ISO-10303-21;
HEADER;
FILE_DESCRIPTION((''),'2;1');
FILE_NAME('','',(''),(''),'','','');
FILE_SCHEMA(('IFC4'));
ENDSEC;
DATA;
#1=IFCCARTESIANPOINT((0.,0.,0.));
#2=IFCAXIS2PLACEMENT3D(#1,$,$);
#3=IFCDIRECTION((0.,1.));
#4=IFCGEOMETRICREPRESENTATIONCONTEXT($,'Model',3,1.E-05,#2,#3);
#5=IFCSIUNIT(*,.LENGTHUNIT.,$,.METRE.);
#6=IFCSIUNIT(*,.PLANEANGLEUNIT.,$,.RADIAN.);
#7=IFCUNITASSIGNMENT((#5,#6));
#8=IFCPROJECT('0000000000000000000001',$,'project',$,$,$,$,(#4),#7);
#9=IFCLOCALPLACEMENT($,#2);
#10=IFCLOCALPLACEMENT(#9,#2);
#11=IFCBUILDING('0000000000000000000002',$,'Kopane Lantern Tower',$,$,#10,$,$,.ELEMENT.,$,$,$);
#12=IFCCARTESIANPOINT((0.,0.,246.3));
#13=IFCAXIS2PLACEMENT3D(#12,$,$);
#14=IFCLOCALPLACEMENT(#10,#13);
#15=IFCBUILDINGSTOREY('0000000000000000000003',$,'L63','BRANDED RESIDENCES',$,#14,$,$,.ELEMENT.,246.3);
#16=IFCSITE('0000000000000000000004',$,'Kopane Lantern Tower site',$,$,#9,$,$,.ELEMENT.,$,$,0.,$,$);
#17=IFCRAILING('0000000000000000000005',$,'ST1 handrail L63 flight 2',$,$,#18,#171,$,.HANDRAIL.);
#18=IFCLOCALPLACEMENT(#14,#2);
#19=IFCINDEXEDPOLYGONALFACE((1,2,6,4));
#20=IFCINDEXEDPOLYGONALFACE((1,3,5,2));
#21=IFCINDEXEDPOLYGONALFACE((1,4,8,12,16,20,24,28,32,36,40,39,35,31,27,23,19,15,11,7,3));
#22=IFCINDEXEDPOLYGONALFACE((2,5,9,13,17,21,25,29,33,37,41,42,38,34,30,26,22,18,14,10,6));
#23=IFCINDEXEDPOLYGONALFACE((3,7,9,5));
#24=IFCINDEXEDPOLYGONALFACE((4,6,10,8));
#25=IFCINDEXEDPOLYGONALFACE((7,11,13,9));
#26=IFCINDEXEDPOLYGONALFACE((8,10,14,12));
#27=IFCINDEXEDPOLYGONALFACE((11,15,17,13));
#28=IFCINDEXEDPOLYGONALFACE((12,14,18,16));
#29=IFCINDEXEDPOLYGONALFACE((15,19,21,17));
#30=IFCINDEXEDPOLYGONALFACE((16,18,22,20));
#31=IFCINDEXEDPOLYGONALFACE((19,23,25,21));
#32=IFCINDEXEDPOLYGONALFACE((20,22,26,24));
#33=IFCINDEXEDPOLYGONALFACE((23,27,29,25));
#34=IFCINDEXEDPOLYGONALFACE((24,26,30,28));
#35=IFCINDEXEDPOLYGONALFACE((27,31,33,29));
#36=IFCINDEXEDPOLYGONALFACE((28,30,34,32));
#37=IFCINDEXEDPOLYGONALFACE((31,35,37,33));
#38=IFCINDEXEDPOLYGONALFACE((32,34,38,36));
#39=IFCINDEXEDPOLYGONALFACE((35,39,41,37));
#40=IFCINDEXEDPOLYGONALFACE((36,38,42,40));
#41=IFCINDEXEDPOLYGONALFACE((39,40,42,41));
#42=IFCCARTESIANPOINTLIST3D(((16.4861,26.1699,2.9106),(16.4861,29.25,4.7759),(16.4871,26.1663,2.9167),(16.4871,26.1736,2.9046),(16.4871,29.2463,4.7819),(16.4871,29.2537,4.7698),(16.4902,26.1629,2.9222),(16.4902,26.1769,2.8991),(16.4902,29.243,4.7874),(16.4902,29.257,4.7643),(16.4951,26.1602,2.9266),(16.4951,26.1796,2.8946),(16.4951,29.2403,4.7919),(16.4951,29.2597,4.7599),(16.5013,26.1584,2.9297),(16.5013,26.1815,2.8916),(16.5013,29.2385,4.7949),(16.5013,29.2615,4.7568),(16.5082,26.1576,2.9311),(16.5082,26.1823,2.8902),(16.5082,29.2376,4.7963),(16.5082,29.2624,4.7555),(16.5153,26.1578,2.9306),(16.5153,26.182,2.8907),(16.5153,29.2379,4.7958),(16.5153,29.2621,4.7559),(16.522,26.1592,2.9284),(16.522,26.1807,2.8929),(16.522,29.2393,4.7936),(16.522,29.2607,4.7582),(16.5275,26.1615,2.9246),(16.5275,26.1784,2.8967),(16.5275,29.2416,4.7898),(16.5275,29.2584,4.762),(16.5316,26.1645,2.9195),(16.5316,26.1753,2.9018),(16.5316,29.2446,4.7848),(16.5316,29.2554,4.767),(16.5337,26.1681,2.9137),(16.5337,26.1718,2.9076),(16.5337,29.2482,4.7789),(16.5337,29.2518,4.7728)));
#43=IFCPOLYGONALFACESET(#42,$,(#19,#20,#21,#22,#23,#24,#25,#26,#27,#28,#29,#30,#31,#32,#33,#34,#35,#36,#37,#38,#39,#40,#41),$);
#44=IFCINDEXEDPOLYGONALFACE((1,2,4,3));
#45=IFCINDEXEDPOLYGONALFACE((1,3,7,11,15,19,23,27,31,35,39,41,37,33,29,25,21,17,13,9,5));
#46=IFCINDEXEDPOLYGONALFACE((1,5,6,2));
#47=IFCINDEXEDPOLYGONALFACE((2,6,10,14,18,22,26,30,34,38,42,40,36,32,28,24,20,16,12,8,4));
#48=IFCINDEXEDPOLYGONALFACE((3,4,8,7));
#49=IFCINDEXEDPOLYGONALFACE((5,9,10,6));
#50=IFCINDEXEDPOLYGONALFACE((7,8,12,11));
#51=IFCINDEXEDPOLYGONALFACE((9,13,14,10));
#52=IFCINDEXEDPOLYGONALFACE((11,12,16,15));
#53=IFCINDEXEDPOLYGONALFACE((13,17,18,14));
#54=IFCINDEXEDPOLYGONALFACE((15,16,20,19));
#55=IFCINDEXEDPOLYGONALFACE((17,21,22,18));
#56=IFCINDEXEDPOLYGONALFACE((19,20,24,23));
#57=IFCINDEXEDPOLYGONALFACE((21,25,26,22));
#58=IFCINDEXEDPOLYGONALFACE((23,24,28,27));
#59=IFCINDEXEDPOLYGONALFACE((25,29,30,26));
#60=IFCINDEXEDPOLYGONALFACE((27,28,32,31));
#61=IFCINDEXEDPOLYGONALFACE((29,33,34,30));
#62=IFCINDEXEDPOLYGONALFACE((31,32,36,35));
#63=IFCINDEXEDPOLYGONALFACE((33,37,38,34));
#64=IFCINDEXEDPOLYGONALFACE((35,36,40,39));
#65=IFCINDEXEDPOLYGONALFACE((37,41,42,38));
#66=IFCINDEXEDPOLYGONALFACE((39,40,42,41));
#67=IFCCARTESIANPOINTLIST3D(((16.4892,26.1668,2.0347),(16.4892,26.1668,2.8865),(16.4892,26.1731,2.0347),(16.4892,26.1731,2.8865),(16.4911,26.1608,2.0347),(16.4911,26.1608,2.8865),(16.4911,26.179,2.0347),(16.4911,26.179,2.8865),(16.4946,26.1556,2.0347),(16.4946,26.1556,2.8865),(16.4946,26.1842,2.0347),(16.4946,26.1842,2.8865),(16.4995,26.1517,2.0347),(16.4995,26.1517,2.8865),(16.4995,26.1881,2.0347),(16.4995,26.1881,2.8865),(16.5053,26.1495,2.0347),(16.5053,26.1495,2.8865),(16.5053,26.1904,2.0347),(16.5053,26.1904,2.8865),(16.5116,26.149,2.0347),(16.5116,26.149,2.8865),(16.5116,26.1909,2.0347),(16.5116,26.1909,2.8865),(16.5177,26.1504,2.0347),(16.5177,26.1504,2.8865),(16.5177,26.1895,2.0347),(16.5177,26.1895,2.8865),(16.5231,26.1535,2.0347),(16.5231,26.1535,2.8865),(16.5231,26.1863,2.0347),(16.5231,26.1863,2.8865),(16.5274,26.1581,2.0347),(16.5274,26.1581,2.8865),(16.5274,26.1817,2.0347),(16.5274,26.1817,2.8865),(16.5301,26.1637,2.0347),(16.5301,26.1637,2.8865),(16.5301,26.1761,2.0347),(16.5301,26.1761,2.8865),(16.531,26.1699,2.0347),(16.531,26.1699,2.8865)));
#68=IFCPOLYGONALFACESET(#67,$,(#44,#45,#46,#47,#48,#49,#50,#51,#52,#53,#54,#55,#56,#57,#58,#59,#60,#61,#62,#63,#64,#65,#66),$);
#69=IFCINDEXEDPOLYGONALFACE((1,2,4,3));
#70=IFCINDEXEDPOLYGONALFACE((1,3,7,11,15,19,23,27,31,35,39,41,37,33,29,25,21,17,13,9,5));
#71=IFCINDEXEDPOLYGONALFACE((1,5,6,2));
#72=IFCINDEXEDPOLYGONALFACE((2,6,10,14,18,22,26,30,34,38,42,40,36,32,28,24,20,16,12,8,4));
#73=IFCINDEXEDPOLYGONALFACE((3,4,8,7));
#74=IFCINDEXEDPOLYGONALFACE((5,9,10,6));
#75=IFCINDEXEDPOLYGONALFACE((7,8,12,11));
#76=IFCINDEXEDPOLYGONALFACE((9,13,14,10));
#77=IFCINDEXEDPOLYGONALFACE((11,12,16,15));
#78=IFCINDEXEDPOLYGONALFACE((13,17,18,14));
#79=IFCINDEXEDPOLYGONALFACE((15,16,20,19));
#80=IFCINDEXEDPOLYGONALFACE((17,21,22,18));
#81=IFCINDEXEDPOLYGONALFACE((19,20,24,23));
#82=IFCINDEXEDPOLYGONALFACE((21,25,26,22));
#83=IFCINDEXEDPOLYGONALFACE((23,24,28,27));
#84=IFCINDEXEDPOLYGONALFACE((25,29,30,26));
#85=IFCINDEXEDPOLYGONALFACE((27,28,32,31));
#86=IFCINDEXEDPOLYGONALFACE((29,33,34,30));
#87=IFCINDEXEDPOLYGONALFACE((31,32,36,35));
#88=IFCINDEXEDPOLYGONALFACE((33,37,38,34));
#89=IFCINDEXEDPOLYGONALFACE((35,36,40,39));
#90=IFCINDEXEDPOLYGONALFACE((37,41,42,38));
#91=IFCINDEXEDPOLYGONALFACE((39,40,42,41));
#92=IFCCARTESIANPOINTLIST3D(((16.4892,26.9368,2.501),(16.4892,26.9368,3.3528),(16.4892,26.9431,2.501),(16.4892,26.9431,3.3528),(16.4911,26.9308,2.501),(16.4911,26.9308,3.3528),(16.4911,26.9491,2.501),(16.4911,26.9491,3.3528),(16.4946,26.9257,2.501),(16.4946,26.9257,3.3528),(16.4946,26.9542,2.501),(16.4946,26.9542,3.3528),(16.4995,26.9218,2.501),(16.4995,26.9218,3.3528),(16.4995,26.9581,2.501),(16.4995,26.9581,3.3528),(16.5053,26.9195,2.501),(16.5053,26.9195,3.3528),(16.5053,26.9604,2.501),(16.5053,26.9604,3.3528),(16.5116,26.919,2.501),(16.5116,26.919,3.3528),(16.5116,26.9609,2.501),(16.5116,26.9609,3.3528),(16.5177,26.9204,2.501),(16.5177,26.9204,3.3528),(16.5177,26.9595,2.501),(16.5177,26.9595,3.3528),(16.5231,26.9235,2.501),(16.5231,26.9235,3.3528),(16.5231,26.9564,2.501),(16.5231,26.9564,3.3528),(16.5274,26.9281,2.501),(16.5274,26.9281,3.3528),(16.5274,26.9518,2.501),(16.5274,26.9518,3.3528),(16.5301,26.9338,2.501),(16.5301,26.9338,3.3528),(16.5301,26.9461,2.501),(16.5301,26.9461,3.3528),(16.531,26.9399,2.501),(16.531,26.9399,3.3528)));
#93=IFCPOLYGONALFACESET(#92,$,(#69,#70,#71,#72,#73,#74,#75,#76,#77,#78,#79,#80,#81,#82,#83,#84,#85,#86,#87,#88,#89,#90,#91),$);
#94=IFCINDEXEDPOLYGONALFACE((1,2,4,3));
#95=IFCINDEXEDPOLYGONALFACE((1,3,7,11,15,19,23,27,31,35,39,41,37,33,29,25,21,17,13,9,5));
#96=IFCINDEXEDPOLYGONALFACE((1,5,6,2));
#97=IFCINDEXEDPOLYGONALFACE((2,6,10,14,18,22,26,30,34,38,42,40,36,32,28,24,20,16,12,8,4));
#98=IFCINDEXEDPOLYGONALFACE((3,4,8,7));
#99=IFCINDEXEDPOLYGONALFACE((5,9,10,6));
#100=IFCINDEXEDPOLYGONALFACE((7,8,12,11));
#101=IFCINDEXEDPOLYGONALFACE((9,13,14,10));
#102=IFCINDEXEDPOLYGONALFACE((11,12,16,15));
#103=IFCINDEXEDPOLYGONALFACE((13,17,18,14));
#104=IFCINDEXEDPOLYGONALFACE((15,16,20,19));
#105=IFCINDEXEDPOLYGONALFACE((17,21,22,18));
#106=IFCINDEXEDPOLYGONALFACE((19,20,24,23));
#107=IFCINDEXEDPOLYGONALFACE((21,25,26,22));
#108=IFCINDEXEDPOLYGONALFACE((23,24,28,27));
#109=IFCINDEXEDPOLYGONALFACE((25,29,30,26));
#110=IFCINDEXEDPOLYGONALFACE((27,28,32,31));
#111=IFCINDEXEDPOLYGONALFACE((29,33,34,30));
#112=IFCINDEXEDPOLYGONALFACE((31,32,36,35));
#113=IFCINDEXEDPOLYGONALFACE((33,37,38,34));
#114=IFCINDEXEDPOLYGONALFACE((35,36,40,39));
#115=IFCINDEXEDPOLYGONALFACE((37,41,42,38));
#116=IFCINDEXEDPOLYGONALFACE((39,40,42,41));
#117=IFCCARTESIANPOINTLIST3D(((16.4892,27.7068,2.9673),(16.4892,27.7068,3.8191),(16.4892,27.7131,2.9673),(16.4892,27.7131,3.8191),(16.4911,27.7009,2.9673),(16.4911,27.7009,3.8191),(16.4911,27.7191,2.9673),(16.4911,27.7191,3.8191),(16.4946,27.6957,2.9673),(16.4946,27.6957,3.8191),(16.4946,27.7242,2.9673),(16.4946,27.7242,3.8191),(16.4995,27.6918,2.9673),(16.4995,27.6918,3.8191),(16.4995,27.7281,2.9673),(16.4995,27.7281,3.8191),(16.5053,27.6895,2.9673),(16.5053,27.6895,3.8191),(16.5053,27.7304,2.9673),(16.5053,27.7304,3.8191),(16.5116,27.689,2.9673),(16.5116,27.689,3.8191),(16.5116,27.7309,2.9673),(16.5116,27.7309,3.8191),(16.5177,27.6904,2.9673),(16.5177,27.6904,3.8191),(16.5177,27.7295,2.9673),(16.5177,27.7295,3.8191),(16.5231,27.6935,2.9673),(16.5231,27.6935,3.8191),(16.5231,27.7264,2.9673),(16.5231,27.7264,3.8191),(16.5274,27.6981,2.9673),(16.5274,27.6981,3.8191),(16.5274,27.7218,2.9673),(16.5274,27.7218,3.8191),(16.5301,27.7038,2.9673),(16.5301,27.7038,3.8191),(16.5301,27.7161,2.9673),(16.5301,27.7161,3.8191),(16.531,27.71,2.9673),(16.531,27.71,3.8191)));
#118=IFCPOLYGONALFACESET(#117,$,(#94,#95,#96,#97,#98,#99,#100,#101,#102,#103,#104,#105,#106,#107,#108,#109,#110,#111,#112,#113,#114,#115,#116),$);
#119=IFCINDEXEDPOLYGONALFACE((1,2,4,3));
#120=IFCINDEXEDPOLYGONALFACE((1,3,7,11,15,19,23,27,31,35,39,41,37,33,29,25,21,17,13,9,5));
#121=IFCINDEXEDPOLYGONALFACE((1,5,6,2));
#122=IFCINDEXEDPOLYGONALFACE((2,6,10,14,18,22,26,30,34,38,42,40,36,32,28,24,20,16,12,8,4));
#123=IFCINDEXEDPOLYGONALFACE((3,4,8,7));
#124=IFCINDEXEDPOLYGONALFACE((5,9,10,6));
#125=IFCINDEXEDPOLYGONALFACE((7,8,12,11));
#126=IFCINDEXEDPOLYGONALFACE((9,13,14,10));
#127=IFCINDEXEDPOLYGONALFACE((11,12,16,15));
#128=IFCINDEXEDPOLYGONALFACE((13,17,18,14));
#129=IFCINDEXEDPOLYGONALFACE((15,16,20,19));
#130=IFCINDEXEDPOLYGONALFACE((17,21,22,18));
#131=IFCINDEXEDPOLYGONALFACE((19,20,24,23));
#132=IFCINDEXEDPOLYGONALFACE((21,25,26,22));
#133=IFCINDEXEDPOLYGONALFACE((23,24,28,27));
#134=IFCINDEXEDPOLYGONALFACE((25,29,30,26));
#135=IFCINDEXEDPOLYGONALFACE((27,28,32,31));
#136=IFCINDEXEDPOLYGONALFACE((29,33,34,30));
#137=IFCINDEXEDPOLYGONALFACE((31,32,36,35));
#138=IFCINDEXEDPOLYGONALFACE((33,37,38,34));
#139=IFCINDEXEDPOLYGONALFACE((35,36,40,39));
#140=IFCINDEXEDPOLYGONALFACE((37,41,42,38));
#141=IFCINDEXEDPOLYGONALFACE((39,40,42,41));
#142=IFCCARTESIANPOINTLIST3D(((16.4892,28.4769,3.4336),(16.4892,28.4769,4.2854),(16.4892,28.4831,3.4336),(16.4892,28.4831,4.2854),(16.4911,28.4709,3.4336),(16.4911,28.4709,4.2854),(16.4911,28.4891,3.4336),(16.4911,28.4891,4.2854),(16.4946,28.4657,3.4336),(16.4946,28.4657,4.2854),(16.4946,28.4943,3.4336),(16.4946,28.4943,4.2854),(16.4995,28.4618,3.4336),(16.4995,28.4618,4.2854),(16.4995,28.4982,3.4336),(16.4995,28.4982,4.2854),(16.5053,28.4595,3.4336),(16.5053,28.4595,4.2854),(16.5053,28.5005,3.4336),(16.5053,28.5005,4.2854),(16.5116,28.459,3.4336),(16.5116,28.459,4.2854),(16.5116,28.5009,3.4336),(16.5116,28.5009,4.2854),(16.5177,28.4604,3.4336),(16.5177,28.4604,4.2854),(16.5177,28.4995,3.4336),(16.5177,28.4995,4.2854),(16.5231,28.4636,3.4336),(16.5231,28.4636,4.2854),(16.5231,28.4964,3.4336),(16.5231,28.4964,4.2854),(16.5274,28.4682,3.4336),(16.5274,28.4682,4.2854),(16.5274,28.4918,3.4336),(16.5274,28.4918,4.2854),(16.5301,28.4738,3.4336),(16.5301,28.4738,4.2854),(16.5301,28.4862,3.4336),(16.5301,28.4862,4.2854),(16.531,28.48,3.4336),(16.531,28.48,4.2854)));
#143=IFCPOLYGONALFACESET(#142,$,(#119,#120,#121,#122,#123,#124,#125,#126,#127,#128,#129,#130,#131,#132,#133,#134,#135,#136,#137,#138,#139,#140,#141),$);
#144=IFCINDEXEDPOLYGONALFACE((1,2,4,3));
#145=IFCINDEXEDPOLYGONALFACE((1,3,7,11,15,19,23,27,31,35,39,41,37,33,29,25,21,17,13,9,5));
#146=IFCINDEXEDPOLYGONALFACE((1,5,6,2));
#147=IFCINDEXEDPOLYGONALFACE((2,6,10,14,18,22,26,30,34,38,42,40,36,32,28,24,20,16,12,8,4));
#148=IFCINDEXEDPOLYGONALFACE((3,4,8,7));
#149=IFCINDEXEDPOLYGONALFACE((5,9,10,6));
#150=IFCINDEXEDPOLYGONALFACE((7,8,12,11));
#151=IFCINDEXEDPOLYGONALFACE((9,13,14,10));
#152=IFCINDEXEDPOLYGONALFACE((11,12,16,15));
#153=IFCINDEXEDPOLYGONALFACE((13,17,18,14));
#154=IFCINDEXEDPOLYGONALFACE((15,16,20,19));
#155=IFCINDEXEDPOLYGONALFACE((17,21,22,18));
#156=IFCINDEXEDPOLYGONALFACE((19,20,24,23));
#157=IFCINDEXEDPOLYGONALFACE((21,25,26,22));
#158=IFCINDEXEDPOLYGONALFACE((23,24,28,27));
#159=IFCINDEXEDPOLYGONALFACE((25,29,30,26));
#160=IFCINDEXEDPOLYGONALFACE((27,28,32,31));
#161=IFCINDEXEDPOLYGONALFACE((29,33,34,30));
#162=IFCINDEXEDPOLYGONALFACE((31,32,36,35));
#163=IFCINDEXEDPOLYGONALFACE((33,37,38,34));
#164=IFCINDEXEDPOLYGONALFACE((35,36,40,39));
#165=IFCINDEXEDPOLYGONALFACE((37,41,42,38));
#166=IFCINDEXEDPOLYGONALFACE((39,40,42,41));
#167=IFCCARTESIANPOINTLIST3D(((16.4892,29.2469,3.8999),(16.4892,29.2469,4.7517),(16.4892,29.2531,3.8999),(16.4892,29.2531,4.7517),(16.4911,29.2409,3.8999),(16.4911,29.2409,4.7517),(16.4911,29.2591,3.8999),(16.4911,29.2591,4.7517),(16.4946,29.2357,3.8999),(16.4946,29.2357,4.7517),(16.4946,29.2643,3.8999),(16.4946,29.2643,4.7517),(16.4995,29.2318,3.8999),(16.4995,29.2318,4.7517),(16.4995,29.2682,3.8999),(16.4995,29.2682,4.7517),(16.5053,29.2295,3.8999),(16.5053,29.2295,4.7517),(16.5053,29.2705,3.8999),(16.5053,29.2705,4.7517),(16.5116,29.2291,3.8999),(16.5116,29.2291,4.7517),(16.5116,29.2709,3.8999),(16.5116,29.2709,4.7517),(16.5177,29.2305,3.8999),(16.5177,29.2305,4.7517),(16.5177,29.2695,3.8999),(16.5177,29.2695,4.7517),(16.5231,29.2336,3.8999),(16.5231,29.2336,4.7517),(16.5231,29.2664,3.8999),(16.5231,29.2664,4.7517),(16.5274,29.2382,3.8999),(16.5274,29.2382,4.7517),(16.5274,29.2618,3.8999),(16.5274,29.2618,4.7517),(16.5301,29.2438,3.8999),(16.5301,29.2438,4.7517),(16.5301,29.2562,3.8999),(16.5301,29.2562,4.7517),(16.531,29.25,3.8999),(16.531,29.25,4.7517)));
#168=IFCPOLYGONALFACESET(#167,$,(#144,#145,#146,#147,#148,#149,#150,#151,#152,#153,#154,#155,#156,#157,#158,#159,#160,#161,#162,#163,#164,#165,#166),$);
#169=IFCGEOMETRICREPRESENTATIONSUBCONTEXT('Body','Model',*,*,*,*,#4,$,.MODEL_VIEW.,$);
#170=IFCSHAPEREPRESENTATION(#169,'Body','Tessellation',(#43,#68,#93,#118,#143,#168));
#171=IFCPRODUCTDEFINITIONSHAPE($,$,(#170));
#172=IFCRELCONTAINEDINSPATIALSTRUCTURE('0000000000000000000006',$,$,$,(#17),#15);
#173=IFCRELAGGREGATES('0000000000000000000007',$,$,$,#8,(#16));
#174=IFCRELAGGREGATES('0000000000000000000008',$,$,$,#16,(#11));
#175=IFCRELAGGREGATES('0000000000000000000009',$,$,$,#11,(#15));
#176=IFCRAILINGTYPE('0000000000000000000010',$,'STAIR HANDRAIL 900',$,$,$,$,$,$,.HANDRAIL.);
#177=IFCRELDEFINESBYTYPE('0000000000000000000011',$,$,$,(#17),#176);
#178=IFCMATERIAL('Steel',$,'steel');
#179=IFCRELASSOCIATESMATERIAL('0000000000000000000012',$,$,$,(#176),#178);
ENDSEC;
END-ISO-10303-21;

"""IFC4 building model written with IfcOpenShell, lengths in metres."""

from ifc_helpers import new_model, si_unit, direction, frame, origin, origin_2d, place, context, subcontext, project, spatial, circle, extrude, material, type_object, element, save


model = new_model("IFC4")

# Units and contexts
model_context = context("Model", 3, precision=1e-05, world=origin(), true_north=direction((0.0, 1.0)))
body_context = subcontext(model_context, "Body", "Model", "MODEL_VIEW")
ifc_project = project(units=[si_unit("LENGTHUNIT", "METRE"), si_unit("PLANEANGLEUNIT", "RADIAN")], contexts=[model_context])

# Site, building, storey
site_placement = place(None, origin())
site = spatial("IfcSite", under=ifc_project, at=site_placement, Name="Kopane Lantern Tower site", CompositionType="ELEMENT", RefElevation=0.0)
building_placement = place(site_placement, origin())
building = spatial("IfcBuilding", under=site, at=building_placement, Name="Kopane Lantern Tower", CompositionType="ELEMENT")
storey_placement = place(building_placement, frame((0.0, 0.0, 246.3)))
storey = spatial("IfcBuildingStorey", under=building, at=storey_placement, Name="L63", Description="BRANDED RESIDENCES", CompositionType="ELEMENT", Elevation=246.3)

# Railing
ifc_material_1 = material(Name="Steel", Category="steel")
railing_type_1 = type_object("IfcRailingType", Name="STAIR HANDRAIL 900", PredefinedType="HANDRAIL", material=ifc_material_1)
for number, where, name in (
    (1, (16.51, 26.1699, 2.0347), "ST1 handrail L63 flight 2"),
):
    element("IfcRailing", number, at=place(storey_placement, frame(where)), inside=storey, type_object=railing_type_1, Name=name, PredefinedType="HANDRAIL", context=body_context, shape_type="SweptSolid", body=[
        extrude(circle(Radius=0.0239, at=origin_2d()), frame((0.0, 0.0, 0.876), z_axis=(0.0, 0.85538, 0.518001), x_axis=(-1.0, 0.0, 0.0)), (0.0, 0.0, 1.0), 3.6008),
        extrude(circle(Radius=0.021, at=origin_2d()), origin(), (0.0, 0.0, 1.0), 0.8518),
        extrude(circle(Radius=0.021, at=origin_2d()), frame((0.0, 0.77, 0.4663)), (0.0, 0.0, 1.0), 0.8518),
        extrude(circle(Radius=0.021, at=origin_2d()), frame((0.0, 1.54, 0.9326)), (0.0, 0.0, 1.0), 0.8518),
        extrude(circle(Radius=0.021, at=origin_2d()), frame((0.0, 2.3101, 1.3989)), (0.0, 0.0, 1.0), 0.8518),
        extrude(circle(Radius=0.021, at=origin_2d()), frame((0.0, 3.0801, 1.8652)), (0.0, 0.0, 1.0), 0.8518),
    ])

save(model, "model.ifc")
